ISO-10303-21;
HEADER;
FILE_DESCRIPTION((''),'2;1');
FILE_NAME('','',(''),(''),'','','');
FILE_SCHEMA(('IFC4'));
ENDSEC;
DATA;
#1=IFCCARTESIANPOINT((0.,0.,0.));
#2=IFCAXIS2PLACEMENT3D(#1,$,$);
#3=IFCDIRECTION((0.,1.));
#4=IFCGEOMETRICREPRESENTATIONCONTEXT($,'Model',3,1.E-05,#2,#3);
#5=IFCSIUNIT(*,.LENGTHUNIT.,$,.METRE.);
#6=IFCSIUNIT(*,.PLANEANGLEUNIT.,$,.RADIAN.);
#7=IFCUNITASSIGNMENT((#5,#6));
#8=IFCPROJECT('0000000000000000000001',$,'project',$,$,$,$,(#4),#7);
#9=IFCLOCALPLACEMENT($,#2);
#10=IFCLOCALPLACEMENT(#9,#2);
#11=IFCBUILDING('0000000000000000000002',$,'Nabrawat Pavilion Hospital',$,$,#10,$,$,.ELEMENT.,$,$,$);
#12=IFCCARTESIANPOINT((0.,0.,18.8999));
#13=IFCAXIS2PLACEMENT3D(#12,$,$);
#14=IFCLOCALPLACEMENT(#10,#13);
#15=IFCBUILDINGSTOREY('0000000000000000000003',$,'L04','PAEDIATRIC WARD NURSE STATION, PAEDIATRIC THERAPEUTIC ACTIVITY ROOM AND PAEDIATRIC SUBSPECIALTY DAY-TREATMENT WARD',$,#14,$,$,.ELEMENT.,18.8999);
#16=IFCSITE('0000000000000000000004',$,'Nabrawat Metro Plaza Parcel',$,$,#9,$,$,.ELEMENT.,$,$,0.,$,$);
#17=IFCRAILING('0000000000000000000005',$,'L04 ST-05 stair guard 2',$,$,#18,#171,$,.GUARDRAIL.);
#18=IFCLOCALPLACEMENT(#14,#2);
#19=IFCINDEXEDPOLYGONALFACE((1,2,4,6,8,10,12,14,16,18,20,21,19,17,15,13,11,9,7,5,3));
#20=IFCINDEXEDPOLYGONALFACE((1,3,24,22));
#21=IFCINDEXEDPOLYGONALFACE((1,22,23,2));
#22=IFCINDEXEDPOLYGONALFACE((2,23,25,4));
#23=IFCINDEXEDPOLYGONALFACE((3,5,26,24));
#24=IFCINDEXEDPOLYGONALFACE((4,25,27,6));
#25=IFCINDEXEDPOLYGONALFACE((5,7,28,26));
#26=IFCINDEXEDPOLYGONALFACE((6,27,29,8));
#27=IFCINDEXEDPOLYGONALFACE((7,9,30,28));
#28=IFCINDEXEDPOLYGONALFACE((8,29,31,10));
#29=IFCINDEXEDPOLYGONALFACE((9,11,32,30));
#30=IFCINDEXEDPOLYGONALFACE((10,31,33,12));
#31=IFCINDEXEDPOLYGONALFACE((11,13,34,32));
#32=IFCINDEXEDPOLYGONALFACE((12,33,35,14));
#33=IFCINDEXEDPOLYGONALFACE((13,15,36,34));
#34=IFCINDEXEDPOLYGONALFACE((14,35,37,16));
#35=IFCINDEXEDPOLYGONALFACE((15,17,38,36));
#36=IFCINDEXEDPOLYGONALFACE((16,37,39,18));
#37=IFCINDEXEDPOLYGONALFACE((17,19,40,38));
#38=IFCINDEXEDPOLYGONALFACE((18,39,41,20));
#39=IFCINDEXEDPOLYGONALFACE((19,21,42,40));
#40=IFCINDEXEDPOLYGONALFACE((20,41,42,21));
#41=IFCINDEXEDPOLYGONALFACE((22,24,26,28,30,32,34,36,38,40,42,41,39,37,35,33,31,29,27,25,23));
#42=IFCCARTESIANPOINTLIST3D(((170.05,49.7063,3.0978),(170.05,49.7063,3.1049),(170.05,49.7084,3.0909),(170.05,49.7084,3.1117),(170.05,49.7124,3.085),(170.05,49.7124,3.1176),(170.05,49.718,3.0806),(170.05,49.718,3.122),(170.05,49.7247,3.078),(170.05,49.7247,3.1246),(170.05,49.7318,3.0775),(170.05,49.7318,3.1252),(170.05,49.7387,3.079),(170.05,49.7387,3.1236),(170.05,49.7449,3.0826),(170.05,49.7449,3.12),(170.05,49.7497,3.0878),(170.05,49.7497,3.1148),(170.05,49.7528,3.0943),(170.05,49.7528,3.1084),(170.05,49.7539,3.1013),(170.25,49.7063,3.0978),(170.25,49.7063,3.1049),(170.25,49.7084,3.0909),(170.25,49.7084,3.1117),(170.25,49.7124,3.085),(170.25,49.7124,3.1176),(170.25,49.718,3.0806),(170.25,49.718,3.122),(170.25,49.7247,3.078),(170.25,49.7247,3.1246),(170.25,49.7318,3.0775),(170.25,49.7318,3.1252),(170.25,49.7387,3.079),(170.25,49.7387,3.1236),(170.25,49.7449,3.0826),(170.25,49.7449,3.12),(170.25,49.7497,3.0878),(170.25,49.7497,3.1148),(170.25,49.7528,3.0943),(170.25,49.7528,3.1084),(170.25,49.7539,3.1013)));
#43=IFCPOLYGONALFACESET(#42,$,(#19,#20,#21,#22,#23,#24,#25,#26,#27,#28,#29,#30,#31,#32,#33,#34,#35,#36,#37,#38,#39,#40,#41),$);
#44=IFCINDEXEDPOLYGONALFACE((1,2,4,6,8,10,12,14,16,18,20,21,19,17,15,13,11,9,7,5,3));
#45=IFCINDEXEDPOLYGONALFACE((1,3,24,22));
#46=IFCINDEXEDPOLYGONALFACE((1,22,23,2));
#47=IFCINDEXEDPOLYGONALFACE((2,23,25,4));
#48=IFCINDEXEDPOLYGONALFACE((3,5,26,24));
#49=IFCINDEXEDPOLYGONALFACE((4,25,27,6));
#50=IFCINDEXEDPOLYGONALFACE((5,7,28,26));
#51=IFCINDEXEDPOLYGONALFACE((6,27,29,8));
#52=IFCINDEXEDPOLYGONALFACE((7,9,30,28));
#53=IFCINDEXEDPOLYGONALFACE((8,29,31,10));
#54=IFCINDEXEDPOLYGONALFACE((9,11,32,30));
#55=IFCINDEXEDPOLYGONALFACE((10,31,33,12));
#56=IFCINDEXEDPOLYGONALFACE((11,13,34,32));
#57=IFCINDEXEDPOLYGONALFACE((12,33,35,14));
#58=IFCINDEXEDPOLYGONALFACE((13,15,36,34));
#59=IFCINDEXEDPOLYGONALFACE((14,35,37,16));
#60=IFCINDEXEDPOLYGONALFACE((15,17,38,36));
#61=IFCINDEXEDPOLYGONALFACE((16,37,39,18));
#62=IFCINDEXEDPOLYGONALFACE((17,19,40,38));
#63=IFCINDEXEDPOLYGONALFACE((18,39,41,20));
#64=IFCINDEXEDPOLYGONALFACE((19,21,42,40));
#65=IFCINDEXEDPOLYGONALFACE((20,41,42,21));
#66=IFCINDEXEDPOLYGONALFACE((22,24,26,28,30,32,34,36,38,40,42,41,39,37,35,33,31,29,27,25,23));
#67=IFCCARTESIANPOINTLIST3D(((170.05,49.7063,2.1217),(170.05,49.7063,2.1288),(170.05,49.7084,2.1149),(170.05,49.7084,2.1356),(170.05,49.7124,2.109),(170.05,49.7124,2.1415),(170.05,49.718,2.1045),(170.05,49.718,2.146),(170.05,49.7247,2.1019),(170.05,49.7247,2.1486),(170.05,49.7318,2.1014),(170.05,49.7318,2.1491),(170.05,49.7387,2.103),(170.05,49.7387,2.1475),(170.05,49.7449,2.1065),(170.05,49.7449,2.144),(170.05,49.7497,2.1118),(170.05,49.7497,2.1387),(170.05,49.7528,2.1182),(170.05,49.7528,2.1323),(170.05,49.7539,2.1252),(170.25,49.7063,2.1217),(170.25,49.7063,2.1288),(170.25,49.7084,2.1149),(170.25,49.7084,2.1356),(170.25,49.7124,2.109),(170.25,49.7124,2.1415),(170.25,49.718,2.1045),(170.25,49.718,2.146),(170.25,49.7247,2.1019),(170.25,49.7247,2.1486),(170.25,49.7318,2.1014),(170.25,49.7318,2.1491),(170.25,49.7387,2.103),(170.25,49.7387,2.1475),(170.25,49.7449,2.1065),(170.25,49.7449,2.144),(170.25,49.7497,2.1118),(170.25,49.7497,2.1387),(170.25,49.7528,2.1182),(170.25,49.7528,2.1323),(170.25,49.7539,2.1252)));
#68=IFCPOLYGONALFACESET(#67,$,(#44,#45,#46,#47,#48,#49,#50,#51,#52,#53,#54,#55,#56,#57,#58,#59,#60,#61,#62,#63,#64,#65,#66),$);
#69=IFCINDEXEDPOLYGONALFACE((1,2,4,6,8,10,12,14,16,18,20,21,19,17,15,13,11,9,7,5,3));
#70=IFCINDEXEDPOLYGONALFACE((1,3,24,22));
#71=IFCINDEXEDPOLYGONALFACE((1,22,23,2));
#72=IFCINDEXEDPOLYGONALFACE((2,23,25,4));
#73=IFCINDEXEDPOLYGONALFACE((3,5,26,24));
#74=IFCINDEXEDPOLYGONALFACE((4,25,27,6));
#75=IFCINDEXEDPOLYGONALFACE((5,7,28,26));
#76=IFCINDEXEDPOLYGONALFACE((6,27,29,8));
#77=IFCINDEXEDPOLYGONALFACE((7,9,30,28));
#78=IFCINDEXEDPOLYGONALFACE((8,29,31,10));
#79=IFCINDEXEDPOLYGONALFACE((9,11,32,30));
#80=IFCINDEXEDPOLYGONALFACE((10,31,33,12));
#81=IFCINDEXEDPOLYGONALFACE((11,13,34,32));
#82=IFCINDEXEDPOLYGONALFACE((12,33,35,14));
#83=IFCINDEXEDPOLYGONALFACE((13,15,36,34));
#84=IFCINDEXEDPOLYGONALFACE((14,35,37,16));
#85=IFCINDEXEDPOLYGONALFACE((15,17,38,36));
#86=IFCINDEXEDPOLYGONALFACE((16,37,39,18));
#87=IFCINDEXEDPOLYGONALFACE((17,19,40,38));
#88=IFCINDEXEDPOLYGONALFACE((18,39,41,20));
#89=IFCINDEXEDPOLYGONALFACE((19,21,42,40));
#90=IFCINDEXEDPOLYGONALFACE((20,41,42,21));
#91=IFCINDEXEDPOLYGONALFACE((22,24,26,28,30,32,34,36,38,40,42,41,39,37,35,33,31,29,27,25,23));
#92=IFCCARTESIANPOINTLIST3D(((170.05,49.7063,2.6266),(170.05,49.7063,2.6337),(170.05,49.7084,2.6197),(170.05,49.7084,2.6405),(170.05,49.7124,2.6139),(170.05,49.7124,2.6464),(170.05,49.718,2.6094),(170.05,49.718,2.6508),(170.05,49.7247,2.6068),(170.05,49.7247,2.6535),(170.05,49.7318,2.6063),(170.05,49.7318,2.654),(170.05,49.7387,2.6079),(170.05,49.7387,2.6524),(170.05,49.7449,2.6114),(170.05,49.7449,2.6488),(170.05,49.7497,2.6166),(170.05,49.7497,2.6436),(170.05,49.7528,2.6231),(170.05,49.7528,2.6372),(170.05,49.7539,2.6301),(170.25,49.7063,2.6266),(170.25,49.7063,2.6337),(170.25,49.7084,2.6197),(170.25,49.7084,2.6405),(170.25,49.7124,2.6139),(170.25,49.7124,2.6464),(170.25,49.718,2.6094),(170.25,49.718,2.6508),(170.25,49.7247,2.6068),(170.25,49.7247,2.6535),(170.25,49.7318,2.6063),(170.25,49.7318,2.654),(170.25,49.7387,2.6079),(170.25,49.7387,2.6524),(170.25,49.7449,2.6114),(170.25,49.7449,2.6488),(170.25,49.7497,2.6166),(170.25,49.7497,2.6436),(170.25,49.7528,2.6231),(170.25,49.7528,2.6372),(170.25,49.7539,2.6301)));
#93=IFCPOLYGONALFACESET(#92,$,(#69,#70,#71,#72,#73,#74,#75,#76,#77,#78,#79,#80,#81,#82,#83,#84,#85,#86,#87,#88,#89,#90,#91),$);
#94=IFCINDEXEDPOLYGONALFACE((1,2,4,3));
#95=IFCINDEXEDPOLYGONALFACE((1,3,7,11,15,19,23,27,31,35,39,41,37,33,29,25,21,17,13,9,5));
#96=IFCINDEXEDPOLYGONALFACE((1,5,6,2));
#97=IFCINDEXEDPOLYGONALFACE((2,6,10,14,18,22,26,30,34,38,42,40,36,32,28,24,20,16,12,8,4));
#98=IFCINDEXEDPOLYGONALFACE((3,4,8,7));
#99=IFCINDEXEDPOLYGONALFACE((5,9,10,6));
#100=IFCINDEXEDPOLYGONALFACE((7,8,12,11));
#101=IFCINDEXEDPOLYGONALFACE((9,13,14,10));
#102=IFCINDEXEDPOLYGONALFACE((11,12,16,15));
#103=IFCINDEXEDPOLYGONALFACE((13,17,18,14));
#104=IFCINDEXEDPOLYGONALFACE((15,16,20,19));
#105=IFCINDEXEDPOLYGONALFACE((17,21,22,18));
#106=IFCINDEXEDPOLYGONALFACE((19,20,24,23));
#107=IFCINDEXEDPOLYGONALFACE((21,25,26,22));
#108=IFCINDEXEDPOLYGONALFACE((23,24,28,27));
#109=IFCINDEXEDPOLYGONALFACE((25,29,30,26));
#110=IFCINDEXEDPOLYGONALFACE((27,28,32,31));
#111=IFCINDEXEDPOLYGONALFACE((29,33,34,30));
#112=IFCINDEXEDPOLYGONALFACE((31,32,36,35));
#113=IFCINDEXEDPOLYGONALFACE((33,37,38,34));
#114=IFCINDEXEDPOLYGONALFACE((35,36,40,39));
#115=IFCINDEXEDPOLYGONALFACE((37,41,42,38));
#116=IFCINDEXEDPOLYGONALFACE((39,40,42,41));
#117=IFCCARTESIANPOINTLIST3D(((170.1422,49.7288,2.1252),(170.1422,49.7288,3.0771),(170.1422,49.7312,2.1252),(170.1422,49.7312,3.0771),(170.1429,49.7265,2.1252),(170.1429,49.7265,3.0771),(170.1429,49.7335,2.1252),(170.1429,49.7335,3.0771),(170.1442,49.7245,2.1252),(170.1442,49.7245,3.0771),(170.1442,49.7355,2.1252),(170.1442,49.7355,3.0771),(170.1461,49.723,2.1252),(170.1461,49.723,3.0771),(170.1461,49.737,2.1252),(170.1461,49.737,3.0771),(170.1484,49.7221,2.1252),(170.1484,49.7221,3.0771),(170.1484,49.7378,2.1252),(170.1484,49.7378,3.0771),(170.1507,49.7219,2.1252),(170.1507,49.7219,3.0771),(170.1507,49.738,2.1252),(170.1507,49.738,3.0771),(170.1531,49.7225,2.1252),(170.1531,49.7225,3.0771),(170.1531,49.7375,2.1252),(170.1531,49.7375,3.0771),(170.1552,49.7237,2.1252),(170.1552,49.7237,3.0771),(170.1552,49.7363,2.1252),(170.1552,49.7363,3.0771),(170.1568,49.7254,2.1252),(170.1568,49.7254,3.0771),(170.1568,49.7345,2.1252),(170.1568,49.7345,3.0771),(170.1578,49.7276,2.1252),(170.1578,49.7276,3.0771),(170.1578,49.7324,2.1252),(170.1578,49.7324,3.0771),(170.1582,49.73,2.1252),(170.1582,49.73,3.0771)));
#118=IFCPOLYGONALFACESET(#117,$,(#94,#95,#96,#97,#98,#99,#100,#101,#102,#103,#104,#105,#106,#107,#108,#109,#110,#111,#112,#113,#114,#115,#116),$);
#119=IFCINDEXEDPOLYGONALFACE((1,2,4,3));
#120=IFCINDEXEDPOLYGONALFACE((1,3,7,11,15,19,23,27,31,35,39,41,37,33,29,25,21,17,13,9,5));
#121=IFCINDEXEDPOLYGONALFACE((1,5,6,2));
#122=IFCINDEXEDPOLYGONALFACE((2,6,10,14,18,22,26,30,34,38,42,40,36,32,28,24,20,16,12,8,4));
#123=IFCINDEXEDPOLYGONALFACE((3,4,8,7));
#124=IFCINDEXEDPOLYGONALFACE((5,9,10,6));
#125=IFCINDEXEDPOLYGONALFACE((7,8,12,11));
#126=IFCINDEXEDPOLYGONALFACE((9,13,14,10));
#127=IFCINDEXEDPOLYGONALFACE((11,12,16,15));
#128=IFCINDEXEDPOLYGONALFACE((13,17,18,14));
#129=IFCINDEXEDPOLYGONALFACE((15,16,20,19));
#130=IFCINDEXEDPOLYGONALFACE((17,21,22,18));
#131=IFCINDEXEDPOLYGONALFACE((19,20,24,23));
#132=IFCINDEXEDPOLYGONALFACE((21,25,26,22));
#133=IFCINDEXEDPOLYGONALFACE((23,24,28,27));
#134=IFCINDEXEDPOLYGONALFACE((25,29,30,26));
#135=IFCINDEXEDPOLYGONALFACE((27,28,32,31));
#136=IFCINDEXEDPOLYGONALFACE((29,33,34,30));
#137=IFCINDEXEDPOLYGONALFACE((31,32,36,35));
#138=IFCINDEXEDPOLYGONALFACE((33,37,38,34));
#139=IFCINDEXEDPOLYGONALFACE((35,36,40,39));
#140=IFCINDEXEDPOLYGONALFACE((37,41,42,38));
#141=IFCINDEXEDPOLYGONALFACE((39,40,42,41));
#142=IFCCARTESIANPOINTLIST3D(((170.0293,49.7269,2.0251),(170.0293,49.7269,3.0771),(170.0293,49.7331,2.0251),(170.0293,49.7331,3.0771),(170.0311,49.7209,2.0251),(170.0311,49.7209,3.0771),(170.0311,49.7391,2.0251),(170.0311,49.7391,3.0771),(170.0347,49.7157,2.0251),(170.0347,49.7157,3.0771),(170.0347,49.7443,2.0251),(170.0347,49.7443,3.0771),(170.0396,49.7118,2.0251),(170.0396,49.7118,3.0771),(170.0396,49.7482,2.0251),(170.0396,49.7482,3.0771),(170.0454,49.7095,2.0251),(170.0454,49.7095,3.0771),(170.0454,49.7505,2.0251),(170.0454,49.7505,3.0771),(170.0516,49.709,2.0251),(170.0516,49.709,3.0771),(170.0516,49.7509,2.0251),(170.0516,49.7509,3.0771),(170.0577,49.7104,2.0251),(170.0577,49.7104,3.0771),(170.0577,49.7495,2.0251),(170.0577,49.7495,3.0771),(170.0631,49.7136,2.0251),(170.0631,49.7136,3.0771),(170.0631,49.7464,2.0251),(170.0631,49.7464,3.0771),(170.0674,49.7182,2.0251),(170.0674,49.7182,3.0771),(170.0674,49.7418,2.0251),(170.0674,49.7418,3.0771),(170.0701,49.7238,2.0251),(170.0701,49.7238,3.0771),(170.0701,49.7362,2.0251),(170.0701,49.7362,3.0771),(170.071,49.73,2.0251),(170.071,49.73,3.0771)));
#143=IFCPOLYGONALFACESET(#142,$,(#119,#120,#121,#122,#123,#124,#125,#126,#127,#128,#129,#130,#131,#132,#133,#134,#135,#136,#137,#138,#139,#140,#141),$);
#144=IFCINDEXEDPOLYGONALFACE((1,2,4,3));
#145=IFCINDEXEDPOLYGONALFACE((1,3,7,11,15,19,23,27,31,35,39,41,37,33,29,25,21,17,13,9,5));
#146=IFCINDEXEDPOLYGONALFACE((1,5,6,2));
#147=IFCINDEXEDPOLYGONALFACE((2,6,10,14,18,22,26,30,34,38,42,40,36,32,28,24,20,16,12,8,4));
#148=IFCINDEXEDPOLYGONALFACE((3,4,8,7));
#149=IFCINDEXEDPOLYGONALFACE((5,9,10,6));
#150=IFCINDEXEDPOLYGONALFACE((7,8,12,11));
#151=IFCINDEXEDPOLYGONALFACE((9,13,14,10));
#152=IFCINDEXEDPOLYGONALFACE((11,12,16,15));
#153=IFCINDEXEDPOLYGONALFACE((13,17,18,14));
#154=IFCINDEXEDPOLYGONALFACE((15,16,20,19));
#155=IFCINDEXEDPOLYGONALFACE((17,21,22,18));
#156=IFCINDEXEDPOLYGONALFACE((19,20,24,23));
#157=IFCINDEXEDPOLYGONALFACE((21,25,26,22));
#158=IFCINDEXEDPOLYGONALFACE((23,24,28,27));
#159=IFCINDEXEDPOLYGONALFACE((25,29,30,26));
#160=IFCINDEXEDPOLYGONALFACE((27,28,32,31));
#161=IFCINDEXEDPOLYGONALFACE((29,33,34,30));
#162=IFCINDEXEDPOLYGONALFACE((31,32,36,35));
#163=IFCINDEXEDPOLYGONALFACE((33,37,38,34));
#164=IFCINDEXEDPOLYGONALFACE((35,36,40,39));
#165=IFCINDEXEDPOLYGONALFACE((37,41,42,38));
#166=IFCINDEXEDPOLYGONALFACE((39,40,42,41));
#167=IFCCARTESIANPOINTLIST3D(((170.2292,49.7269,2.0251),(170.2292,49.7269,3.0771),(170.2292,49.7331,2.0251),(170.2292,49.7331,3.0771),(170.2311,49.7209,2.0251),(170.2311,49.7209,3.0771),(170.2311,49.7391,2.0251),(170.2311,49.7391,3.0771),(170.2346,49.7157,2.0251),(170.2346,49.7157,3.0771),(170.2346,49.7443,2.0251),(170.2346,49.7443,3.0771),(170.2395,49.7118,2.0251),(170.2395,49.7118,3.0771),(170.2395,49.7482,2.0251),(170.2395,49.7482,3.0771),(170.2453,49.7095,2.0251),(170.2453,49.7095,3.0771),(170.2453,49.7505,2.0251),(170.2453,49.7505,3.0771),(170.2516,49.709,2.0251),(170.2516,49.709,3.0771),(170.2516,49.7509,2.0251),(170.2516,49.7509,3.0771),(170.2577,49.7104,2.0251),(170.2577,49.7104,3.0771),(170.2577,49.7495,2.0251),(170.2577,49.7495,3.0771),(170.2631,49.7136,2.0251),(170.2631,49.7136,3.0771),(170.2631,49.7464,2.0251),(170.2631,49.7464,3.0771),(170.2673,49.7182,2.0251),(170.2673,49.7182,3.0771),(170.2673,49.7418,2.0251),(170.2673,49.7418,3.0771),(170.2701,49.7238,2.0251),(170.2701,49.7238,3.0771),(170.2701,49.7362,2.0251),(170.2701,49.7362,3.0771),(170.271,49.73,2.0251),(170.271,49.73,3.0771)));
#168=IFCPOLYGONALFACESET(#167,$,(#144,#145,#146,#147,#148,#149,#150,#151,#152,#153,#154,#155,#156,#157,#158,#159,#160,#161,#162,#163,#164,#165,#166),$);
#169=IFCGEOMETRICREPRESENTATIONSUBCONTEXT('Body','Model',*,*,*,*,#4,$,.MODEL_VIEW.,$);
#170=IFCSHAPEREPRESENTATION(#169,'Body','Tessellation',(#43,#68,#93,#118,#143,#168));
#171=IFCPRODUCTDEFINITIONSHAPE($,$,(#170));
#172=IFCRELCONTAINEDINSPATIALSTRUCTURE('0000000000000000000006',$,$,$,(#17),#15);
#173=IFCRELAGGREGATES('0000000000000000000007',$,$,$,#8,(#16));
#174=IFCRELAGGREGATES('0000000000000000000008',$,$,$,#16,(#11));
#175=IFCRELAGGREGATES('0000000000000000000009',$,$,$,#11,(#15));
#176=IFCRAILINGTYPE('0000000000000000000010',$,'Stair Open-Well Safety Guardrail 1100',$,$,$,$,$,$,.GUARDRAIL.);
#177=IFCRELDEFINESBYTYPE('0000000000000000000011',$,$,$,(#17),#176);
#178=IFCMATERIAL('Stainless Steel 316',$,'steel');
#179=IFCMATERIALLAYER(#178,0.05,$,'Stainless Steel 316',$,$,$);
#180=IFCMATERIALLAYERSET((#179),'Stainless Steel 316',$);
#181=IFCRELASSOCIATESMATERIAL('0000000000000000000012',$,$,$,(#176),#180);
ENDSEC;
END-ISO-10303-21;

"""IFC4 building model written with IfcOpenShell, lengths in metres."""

from ifc_helpers import new_model, si_unit, direction, frame, origin, origin_2d, place, context, subcontext, project, spatial, circle, extrude, material, layer, layer_set, type_object, element, save


model = new_model("IFC4")

# Units and contexts
model_context = context("Model", 3, precision=1e-05, world=origin(), true_north=direction((0.0, 1.0)))
body_context = subcontext(model_context, "Body", "Model", "MODEL_VIEW")
ifc_project = project(units=[si_unit("LENGTHUNIT", "METRE"), si_unit("PLANEANGLEUNIT", "RADIAN")], contexts=[model_context])

# Site, building, storey
site_placement = place(None, origin())
site = spatial("IfcSite", under=ifc_project, at=site_placement, Name="Nabrawat Metro Plaza Parcel", CompositionType="ELEMENT", RefElevation=0.0)
building_placement = place(site_placement, origin())
building = spatial("IfcBuilding", under=site, at=building_placement, Name="Nabrawat Pavilion Hospital", CompositionType="ELEMENT")
storey_placement = place(building_placement, frame((0.0, 0.0, 18.8999)))
storey = spatial("IfcBuildingStorey", under=building, at=storey_placement, Name="L04", Description="PAEDIATRIC WARD NURSE STATION, PAEDIATRIC THERAPEUTIC ACTIVITY ROOM AND PAEDIATRIC SUBSPECIALTY DAY-TREATMENT WARD", CompositionType="ELEMENT", Elevation=18.8999)

# Railing
ifc_material_1 = material(Name="Stainless Steel 316", Category="steel")
ifc_layer_1 = layer(ifc_material_1, 0.05, Name="Stainless Steel 316")
ifc_layer_set_1 = layer_set([ifc_layer_1], Name="Stainless Steel 316")
railing_type_1 = type_object("IfcRailingType", Name="Stair Open-Well Safety Guardrail 1100", PredefinedType="GUARDRAIL", material=ifc_layer_set_1)
railing_1_placement = place(storey_placement, frame((170.05, 49.73, 2.0251)))
element("IfcRailing", 1, at=railing_1_placement, inside=storey, type_object=railing_type_1, Name="L04 ST-05 stair guard 2", PredefinedType="GUARDRAIL", context=body_context, shape_type="SweptSolid", body=[
    extrude(circle(Radius=0.0239, at=origin_2d()), frame((0.0, 0.0, 1.0762), z_axis=(1.0, 0.0, 0.0), x_axis=(0.0, 1.0, 0.0)), (0.0, 0.0, 1.0), 0.2),
    extrude(circle(Radius=0.0239, at=origin_2d()), frame((0.0, 0.0, 0.1001), z_axis=(1.0, 0.0, 0.0), x_axis=(0.0, 1.0, 0.0)), (0.0, 0.0, 1.0), 0.2),
    extrude(circle(Radius=0.0239, at=origin_2d()), frame((0.0, 0.0, 0.605), z_axis=(1.0, 0.0, 0.0), x_axis=(0.0, 1.0, 0.0)), (0.0, 0.0, 1.0), 0.2),
    extrude(circle(Radius=0.0081, at=origin_2d()), frame((0.1001, 0.0, 0.1001)), (0.0, 0.0, 1.0), 0.9519),
    extrude(circle(Radius=0.021, at=origin_2d()), origin(), (0.0, 0.0, 1.0), 1.052),
    extrude(circle(Radius=0.021, at=origin_2d()), frame((0.2, 0.0, 0.0)), (0.0, 0.0, 1.0), 1.052),
])

save(model, "model.ifc")
